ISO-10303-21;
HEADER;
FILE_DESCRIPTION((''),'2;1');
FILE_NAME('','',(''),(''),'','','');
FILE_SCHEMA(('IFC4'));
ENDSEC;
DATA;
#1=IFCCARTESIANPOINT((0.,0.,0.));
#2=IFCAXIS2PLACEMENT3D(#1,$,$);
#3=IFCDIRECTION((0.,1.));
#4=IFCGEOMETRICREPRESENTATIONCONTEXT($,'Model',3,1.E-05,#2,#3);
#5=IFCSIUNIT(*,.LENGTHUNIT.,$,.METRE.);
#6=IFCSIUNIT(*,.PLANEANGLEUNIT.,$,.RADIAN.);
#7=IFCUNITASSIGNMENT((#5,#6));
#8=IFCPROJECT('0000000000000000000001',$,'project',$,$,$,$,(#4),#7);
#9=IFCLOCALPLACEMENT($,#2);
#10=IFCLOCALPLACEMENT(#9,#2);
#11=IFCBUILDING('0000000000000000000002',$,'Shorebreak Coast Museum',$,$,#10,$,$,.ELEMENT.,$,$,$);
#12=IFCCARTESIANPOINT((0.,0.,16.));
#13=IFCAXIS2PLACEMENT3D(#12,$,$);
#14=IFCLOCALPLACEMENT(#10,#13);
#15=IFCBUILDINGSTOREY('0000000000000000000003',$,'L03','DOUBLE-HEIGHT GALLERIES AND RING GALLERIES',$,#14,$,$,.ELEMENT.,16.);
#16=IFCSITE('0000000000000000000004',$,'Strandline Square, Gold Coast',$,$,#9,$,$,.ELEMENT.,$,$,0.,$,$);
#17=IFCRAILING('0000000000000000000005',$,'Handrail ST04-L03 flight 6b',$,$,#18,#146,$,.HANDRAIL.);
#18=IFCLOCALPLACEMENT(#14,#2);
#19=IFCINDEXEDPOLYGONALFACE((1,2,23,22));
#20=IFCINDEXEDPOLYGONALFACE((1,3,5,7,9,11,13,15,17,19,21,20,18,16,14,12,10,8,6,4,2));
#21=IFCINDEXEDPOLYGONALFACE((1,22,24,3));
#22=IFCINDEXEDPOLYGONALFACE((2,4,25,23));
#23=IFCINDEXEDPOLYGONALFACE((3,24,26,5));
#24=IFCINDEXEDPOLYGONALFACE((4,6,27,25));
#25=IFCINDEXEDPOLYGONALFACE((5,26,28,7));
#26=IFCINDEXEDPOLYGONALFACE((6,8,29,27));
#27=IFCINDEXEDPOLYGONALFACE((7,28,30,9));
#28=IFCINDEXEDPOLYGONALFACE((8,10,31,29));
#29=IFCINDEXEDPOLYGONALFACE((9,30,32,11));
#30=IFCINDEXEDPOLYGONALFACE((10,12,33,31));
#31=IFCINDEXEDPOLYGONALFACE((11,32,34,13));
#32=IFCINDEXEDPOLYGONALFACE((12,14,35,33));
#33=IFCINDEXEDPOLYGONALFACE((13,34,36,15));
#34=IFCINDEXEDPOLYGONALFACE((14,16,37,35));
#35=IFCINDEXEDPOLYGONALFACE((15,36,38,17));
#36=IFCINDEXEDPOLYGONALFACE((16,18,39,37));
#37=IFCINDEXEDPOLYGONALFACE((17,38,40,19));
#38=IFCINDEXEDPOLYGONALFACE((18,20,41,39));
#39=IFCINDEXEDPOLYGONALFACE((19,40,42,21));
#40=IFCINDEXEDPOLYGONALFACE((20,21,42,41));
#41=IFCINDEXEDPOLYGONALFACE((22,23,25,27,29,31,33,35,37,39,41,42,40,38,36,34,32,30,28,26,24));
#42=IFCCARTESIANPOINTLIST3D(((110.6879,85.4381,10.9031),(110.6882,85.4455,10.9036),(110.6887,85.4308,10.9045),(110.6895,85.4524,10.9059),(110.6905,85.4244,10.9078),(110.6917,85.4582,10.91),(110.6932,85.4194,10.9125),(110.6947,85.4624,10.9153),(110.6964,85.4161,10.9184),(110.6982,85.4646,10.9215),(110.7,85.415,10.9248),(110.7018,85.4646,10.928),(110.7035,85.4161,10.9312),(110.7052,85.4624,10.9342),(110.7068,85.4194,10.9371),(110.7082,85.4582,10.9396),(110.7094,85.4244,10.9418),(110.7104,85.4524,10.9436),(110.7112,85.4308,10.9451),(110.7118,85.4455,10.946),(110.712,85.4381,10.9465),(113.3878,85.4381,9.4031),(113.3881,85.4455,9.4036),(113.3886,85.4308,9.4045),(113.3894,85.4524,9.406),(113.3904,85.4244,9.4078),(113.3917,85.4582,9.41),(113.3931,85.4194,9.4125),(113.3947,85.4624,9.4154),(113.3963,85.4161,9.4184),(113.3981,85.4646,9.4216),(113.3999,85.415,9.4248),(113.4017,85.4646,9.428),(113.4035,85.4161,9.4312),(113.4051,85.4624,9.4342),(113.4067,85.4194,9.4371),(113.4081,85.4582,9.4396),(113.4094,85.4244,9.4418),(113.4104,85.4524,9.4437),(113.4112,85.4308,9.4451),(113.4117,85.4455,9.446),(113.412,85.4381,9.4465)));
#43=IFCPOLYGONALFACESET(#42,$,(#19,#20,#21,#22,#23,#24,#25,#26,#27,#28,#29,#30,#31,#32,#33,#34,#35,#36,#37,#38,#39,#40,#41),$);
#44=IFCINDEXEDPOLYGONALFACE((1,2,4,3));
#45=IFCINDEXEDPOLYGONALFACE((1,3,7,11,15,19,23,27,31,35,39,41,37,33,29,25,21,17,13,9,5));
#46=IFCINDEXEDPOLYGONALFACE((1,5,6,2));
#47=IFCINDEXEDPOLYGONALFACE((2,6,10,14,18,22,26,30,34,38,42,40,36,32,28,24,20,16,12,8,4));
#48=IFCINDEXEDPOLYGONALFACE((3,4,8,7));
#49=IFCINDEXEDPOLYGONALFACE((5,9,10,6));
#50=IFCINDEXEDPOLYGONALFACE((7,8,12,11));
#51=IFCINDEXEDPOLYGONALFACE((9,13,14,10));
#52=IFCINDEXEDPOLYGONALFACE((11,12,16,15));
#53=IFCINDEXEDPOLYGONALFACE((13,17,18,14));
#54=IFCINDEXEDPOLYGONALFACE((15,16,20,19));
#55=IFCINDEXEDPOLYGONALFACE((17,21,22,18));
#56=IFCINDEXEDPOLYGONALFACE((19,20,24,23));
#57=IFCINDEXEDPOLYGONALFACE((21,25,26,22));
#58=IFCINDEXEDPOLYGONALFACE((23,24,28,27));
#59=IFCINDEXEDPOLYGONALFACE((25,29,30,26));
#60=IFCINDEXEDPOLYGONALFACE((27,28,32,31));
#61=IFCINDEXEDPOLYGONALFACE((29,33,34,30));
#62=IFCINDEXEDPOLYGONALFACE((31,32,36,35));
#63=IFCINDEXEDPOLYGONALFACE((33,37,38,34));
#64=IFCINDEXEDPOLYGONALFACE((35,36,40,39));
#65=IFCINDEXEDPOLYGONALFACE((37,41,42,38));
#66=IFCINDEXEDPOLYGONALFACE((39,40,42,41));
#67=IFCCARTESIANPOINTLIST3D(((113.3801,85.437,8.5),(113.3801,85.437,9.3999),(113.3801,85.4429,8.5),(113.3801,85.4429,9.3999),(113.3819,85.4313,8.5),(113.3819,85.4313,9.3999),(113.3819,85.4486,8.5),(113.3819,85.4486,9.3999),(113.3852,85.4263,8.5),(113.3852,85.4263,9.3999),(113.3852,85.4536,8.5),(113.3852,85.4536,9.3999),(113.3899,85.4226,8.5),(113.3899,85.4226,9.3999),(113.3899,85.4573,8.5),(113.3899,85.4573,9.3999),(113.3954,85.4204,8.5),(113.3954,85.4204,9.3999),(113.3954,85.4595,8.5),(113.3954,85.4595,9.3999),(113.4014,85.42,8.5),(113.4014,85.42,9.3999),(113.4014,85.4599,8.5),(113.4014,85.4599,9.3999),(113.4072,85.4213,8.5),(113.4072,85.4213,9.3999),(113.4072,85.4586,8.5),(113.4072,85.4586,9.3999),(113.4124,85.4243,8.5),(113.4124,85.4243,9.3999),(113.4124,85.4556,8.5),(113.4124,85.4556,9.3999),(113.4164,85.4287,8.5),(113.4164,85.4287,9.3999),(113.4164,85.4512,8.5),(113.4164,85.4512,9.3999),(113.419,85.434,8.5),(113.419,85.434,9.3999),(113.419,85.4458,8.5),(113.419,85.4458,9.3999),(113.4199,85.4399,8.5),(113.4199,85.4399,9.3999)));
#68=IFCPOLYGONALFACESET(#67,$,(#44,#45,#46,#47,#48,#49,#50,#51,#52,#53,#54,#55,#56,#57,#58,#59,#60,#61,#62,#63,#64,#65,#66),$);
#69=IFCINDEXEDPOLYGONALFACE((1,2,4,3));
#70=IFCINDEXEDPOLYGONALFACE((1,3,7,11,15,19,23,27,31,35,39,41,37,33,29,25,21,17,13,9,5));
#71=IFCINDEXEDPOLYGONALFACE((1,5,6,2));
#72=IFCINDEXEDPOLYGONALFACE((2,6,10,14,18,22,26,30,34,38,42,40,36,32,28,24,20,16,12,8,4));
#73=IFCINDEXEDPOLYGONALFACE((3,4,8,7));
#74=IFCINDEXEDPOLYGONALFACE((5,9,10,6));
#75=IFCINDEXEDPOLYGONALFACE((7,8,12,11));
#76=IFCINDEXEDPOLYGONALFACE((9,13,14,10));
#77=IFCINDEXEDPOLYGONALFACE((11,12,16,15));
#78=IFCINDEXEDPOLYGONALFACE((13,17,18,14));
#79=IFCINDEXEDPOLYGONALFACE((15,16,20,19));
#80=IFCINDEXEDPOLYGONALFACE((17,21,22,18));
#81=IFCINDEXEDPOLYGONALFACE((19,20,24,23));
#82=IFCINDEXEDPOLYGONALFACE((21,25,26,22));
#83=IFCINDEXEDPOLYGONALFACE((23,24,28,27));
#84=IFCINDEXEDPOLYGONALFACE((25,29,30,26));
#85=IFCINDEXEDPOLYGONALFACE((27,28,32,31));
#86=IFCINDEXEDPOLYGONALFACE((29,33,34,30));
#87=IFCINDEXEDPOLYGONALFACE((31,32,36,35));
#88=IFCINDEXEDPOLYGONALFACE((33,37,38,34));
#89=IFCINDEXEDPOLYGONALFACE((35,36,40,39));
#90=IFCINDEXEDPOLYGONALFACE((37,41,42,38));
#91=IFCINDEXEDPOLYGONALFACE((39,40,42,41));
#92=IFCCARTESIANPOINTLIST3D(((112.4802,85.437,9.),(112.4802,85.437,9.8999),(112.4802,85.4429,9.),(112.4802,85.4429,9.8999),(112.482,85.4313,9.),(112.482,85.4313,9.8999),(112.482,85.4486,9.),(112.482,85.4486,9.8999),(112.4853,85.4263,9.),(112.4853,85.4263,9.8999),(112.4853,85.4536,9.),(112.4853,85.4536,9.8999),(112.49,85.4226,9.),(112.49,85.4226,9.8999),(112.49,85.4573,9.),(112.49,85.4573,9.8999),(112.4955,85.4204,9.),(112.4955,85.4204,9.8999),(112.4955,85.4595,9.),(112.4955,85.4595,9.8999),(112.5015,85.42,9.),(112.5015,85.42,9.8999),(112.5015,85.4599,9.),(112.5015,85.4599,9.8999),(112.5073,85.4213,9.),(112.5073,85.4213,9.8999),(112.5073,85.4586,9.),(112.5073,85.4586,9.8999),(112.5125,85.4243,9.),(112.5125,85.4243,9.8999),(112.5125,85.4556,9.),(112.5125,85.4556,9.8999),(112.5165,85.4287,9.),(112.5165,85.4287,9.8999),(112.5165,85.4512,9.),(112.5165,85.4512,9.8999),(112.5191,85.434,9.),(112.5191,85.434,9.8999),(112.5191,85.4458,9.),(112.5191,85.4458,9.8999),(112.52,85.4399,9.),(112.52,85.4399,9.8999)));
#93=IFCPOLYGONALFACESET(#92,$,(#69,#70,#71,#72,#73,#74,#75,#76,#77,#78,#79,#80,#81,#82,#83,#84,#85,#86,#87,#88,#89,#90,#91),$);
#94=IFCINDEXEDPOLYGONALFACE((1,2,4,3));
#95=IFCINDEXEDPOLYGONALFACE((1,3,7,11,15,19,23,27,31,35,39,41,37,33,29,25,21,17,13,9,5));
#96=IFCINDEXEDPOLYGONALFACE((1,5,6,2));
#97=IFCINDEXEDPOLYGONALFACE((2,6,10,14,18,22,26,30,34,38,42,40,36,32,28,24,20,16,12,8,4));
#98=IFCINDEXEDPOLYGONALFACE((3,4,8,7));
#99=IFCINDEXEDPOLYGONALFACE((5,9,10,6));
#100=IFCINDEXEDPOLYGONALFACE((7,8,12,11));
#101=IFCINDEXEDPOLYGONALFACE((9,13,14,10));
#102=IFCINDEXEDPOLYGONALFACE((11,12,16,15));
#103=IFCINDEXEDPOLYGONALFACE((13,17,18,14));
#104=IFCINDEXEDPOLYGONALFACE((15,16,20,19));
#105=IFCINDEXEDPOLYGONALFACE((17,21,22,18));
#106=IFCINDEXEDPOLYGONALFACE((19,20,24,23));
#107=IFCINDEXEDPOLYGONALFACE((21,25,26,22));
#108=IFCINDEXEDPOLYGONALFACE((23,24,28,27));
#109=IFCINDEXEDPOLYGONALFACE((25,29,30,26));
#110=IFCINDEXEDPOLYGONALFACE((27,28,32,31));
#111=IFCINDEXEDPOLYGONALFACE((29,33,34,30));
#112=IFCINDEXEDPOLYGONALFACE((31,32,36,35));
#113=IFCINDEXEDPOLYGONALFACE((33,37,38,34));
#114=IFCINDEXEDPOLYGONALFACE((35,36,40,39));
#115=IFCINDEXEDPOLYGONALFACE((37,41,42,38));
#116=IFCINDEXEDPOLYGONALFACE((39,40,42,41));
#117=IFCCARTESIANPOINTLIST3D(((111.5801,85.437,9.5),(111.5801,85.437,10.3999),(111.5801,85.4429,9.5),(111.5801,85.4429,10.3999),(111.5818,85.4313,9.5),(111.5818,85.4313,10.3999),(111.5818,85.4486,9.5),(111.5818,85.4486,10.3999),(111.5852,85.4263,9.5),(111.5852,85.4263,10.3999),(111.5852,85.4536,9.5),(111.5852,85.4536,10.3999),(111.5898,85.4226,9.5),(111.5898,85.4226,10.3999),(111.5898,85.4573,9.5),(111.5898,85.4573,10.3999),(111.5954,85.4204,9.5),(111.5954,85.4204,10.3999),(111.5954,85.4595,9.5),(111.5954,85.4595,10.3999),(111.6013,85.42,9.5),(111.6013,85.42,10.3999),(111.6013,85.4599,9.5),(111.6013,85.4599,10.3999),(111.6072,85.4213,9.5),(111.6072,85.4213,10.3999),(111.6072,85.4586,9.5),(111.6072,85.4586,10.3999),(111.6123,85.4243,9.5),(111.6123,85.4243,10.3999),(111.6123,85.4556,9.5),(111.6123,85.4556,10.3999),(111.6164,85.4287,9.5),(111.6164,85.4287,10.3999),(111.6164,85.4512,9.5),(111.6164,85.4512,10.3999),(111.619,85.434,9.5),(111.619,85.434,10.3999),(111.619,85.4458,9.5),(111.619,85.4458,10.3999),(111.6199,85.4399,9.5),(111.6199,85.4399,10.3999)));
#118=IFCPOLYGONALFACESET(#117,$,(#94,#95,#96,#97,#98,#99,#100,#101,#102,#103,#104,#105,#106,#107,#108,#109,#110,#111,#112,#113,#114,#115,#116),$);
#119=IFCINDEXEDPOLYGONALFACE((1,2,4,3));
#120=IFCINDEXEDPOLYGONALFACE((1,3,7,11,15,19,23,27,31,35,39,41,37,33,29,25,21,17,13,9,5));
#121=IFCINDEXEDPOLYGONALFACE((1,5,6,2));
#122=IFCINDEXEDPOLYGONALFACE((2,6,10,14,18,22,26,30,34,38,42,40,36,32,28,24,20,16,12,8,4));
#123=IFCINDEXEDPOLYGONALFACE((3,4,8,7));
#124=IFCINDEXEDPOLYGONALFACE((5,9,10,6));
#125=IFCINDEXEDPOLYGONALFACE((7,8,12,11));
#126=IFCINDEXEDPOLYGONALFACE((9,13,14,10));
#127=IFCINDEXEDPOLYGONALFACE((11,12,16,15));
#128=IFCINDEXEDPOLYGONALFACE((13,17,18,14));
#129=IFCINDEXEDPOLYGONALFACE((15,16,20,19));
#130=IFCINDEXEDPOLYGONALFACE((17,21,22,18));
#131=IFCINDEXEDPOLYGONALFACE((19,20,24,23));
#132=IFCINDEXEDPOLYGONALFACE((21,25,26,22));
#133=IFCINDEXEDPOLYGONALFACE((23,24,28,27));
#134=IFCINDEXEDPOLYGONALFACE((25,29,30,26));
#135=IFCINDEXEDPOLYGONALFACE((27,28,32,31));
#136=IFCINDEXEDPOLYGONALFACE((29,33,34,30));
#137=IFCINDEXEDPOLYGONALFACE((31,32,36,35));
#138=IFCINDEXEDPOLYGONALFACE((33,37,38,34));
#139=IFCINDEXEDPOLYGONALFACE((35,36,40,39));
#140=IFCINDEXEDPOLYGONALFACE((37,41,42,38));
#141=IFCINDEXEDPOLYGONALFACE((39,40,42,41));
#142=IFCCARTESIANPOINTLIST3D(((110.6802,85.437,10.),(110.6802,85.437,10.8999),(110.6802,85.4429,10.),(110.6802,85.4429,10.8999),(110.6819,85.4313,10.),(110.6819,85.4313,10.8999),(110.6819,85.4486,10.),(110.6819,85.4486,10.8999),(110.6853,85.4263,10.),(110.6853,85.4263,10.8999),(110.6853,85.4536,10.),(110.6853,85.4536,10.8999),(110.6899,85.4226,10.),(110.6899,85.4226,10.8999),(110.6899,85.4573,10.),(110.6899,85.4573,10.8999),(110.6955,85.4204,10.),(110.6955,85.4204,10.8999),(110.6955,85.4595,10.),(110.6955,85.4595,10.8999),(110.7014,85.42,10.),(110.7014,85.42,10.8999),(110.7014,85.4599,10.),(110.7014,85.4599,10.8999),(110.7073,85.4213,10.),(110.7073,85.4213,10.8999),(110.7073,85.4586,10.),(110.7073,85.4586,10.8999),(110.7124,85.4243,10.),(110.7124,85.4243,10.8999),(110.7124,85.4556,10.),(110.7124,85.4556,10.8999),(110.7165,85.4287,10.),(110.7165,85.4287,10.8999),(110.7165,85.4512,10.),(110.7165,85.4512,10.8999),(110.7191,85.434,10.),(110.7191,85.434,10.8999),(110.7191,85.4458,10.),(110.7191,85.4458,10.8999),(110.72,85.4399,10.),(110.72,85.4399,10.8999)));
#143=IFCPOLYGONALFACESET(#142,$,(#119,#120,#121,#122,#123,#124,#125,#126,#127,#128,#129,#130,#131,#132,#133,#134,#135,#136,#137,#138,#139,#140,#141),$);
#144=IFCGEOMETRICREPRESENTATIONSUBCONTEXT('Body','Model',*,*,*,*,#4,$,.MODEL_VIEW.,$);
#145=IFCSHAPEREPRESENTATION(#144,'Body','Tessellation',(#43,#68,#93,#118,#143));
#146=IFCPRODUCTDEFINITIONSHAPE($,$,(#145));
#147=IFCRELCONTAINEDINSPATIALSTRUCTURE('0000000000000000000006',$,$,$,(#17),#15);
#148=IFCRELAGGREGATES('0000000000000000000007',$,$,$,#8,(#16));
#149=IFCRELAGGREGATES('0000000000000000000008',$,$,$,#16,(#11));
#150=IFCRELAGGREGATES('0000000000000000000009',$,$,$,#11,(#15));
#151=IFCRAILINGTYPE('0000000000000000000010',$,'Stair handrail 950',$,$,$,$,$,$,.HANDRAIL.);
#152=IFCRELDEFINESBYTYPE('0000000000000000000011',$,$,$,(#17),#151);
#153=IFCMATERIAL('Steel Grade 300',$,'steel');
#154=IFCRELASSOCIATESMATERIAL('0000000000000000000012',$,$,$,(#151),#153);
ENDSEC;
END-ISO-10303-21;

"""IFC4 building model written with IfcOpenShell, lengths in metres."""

from ifc_helpers import new_model, si_unit, direction, frame, origin, origin_2d, place, context, subcontext, project, spatial, circle, extrude, material, type_object, element, save


model = new_model("IFC4")

# Units and contexts
model_context = context("Model", 3, precision=1e-05, world=origin(), true_north=direction((0.0, 1.0)))
body_context = subcontext(model_context, "Body", "Model", "MODEL_VIEW")
ifc_project = project(units=[si_unit("LENGTHUNIT", "METRE"), si_unit("PLANEANGLEUNIT", "RADIAN")], contexts=[model_context])

# Site, building, storey
site_placement = place(None, origin())
site = spatial("IfcSite", under=ifc_project, at=site_placement, Name="Strandline Square, Gold Coast", CompositionType="ELEMENT", RefElevation=0.0)
building_placement = place(site_placement, origin())
building = spatial("IfcBuilding", under=site, at=building_placement, Name="Shorebreak Coast Museum", CompositionType="ELEMENT")
storey_placement = place(building_placement, frame((0.0, 0.0, 16.0)))
storey = spatial("IfcBuildingStorey", under=building, at=storey_placement, Name="L03", Description="DOUBLE-HEIGHT GALLERIES AND RING GALLERIES", CompositionType="ELEMENT", Elevation=16.0)

# Railing
ifc_material_1 = material(Name="Steel Grade 300", Category="steel")
railing_type_1 = type_object("IfcRailingType", Name="Stair handrail 950", PredefinedType="HANDRAIL", material=ifc_material_1)
for number, where, name in (
    (1, (113.3999, 85.4399, 8.5), "Handrail ST04-L03 flight 6b"),
):
    element("IfcRailing", number, at=place(storey_placement, frame(where)), inside=storey, type_object=railing_type_1, Name=name, PredefinedType="HANDRAIL", context=body_context, shape_type="SweptSolid", body=[
        extrude(circle(Radius=0.0249, at=origin_2d()), frame((0.0, 0.0, 0.9248), z_axis=(-0.874154, 0.0, 0.48565), x_axis=(0.0, -1.0, 0.0)), (0.0, 0.0, 1.0), 3.0886),
        extrude(circle(Radius=0.02, at=origin_2d()), origin(), (0.0, 0.0, 1.0), 0.8999),
        extrude(circle(Radius=0.02, at=origin_2d()), frame((-0.8999, 0.0, 0.5)), (0.0, 0.0, 1.0), 0.8999),
        extrude(circle(Radius=0.02, at=origin_2d()), frame((-1.8, 0.0, 1.0)), (0.0, 0.0, 1.0), 0.8999),
        extrude(circle(Radius=0.02, at=origin_2d()), frame((-2.7, 0.0, 1.5)), (0.0, 0.0, 1.0), 0.8999),
    ])

save(model, "model.ifc")
